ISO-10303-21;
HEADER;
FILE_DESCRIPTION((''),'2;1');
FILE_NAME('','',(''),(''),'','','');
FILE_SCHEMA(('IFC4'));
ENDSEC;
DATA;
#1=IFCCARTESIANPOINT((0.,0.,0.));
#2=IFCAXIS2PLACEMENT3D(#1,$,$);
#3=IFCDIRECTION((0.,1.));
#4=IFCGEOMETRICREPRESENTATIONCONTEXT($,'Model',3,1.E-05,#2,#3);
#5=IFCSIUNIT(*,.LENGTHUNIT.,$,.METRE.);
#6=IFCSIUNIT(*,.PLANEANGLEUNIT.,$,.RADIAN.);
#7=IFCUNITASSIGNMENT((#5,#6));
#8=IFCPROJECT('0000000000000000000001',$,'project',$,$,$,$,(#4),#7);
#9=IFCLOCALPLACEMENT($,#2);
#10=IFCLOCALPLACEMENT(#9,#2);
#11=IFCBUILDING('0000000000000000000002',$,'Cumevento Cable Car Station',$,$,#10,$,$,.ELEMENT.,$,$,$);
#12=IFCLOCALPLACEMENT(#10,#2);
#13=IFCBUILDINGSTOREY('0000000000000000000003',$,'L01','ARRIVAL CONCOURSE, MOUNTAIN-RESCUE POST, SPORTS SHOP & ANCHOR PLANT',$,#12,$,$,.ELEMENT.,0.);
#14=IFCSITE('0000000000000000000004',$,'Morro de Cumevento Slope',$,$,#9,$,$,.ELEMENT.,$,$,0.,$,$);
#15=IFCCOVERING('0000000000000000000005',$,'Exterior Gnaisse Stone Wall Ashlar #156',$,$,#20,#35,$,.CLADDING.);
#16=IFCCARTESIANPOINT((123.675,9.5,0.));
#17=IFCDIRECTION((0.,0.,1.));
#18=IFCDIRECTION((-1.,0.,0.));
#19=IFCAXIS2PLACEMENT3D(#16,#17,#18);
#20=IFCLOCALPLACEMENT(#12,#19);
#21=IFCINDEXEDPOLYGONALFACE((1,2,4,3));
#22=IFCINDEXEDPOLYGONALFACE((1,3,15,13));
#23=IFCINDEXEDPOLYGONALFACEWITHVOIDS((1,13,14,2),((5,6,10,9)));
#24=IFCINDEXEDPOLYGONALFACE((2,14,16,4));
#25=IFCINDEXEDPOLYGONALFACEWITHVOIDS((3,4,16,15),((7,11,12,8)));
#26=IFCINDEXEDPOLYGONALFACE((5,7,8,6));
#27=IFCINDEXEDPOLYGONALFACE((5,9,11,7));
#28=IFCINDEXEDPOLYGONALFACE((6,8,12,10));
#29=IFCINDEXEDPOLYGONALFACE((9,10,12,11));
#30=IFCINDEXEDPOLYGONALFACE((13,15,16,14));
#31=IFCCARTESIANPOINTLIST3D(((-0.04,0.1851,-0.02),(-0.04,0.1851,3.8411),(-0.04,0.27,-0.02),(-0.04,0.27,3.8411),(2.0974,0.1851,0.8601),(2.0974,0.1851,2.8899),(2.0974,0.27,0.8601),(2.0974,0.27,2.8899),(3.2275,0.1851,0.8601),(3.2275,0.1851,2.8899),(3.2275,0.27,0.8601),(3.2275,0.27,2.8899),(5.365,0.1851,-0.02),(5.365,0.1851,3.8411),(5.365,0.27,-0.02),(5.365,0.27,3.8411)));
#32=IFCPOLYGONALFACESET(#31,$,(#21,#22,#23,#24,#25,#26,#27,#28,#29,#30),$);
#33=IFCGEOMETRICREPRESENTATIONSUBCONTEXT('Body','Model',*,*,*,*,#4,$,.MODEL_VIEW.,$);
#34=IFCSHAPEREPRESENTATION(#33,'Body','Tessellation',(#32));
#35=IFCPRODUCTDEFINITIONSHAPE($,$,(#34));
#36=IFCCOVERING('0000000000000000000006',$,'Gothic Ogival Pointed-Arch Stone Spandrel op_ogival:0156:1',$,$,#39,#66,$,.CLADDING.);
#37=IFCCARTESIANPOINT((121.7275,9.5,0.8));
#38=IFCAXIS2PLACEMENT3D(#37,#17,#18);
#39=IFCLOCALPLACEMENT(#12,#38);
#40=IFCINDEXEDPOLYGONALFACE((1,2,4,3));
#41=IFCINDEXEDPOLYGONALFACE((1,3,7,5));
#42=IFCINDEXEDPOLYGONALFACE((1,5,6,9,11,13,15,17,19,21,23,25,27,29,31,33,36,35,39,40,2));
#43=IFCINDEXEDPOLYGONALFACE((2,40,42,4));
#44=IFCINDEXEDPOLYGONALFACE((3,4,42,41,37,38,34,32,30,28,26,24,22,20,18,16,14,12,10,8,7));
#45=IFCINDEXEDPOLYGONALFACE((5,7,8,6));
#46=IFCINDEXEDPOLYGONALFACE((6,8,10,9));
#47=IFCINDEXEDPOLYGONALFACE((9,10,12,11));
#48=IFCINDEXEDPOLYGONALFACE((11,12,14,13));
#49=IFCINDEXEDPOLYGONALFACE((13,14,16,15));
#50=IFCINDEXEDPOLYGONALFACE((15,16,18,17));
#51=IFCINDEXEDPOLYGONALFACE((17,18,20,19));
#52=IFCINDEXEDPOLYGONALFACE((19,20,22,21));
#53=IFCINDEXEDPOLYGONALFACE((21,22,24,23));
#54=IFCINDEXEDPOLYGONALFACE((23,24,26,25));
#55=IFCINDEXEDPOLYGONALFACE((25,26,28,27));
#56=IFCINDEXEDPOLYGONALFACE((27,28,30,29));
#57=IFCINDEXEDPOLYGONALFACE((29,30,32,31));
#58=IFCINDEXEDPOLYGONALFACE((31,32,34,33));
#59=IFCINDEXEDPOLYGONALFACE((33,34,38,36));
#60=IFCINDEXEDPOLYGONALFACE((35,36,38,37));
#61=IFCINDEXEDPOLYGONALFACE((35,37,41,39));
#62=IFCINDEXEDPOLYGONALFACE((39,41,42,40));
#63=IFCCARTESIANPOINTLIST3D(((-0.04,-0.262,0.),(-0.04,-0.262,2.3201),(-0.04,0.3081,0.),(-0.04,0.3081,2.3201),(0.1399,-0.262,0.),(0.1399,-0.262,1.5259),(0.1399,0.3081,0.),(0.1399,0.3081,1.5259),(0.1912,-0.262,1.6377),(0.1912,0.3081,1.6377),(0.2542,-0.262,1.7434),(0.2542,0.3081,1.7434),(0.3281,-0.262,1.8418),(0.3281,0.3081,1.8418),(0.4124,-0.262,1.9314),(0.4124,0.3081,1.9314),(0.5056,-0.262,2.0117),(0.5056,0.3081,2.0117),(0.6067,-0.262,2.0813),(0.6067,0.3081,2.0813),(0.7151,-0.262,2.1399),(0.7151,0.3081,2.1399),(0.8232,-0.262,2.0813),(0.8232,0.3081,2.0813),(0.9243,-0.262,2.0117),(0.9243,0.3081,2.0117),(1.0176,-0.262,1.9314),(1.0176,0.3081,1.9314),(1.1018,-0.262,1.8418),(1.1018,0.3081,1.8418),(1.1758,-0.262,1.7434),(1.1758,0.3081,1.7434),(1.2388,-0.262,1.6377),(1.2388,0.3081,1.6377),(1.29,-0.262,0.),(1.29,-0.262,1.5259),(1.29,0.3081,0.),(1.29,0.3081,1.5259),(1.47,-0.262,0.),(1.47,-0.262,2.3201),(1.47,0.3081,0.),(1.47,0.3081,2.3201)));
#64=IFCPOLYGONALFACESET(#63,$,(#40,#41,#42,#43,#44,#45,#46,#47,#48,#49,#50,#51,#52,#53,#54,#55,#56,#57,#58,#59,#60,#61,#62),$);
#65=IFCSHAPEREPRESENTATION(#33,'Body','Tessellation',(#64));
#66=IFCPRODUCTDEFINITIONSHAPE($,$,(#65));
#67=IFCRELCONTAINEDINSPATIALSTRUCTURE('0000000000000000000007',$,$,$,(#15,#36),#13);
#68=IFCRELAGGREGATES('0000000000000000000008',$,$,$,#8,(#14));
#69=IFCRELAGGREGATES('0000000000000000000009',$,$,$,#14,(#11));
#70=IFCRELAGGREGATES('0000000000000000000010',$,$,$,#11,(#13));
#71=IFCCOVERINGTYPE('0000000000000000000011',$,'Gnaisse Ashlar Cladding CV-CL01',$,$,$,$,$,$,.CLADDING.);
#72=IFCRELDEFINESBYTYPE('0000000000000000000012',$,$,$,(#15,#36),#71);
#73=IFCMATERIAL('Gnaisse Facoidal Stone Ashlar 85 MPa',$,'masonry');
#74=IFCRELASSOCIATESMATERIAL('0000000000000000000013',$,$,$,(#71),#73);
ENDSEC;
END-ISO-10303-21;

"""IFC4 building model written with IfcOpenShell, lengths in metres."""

from ifc_helpers import new_model, si_unit, direction, frame, origin, place, context, subcontext, project, spatial, polyline, outline, extrude, material, type_object, element, save


model = new_model("IFC4")

# Units and contexts
model_context = context("Model", 3, precision=1e-05, world=origin(), true_north=direction((0.0, 1.0)))
body_context = subcontext(model_context, "Body", "Model", "MODEL_VIEW")
ifc_project = project(units=[si_unit("LENGTHUNIT", "METRE"), si_unit("PLANEANGLEUNIT", "RADIAN")], contexts=[model_context])

# Site, building, storey
site_placement = place(None, origin())
site = spatial("IfcSite", under=ifc_project, at=site_placement, Name="Morro de Cumevento Slope", CompositionType="ELEMENT", RefElevation=0.0)
building_placement = place(site_placement, origin())
building = spatial("IfcBuilding", under=site, at=building_placement, Name="Cumevento Cable Car Station", CompositionType="ELEMENT")
storey_placement = place(building_placement, origin())
storey = spatial("IfcBuildingStorey", under=building, at=storey_placement, Name="L01", Description="ARRIVAL CONCOURSE, MOUNTAIN-RESCUE POST, SPORTS SHOP & ANCHOR PLANT", CompositionType="ELEMENT", Elevation=0.0)

# Coverings
ifc_material_1 = material(Name="Gnaisse Facoidal Stone Ashlar 85 MPa", Category="masonry")
covering_type = type_object("IfcCoveringType", Name="Gnaisse Ashlar Cladding CV-CL01", PredefinedType="CLADDING", material=ifc_material_1)
covering_1_placement = place(storey_placement, frame((123.675, 9.5, 0.0), z_axis=(0.0, 0.0, 1.0), x_axis=(-1.0, 0.0, 0.0)))
element("IfcCovering", 1, at=covering_1_placement, inside=storey, type_object=covering_type, Name="Exterior Gnaisse Stone Wall Ashlar #156", PredefinedType="CLADDING", context=body_context, shape_type="SweptSolid", body=[
    extrude(outline(polyline([(-0.04, -0.02), (5.365, -0.02), (5.365, 3.8411), (-0.04, 3.8411), (-0.04, -0.02)]), holes=[polyline([(2.0974, 0.8601), (3.2275, 0.8601), (3.2275, 2.8899), (2.0974, 2.8899), (2.0974, 0.8601)])]), frame((0.0, 0.27, 0.0), z_axis=(0.0, -1.0, 0.0), x_axis=(1.0, 0.0, 0.0)), (0.0, 0.0, 1.0), 0.085),
])
covering_2_placement = place(storey_placement, frame((121.7275, 9.5, 0.8), z_axis=(0.0, 0.0, 1.0), x_axis=(-1.0, 0.0, 0.0)))
element("IfcCovering", 2, at=covering_2_placement, inside=storey, type_object=covering_type, Name="Gothic Ogival Pointed-Arch Stone Spandrel op_ogival:0156:1", PredefinedType="CLADDING", context=body_context, shape_type="SweptSolid", body=[
    extrude(outline(polyline([(-0.04, 0.0), (-0.04, 2.3201), (1.47, 2.3201), (1.47, 0.0), (1.29, 0.0), (1.29, 1.5259), (1.2388, 1.6377), (1.1758, 1.7434), (1.1018, 1.8418), (1.0176, 1.9314), (0.9243, 2.0117), (0.8232, 2.0813), (0.7151, 2.1399), (0.6067, 2.0813), (0.5056, 2.0117), (0.4124, 1.9314), (0.3281, 1.8418), (0.2542, 1.7434), (0.1912, 1.6377), (0.1399, 1.5259), (0.1399, 0.0), (-0.04, 0.0)])), frame((0.0, 0.3081, 0.0), z_axis=(0.0, -1.0, 0.0), x_axis=(1.0, 0.0, 0.0)), (0.0, 0.0, 1.0), 0.5701),
])

save(model, "model.ifc")
